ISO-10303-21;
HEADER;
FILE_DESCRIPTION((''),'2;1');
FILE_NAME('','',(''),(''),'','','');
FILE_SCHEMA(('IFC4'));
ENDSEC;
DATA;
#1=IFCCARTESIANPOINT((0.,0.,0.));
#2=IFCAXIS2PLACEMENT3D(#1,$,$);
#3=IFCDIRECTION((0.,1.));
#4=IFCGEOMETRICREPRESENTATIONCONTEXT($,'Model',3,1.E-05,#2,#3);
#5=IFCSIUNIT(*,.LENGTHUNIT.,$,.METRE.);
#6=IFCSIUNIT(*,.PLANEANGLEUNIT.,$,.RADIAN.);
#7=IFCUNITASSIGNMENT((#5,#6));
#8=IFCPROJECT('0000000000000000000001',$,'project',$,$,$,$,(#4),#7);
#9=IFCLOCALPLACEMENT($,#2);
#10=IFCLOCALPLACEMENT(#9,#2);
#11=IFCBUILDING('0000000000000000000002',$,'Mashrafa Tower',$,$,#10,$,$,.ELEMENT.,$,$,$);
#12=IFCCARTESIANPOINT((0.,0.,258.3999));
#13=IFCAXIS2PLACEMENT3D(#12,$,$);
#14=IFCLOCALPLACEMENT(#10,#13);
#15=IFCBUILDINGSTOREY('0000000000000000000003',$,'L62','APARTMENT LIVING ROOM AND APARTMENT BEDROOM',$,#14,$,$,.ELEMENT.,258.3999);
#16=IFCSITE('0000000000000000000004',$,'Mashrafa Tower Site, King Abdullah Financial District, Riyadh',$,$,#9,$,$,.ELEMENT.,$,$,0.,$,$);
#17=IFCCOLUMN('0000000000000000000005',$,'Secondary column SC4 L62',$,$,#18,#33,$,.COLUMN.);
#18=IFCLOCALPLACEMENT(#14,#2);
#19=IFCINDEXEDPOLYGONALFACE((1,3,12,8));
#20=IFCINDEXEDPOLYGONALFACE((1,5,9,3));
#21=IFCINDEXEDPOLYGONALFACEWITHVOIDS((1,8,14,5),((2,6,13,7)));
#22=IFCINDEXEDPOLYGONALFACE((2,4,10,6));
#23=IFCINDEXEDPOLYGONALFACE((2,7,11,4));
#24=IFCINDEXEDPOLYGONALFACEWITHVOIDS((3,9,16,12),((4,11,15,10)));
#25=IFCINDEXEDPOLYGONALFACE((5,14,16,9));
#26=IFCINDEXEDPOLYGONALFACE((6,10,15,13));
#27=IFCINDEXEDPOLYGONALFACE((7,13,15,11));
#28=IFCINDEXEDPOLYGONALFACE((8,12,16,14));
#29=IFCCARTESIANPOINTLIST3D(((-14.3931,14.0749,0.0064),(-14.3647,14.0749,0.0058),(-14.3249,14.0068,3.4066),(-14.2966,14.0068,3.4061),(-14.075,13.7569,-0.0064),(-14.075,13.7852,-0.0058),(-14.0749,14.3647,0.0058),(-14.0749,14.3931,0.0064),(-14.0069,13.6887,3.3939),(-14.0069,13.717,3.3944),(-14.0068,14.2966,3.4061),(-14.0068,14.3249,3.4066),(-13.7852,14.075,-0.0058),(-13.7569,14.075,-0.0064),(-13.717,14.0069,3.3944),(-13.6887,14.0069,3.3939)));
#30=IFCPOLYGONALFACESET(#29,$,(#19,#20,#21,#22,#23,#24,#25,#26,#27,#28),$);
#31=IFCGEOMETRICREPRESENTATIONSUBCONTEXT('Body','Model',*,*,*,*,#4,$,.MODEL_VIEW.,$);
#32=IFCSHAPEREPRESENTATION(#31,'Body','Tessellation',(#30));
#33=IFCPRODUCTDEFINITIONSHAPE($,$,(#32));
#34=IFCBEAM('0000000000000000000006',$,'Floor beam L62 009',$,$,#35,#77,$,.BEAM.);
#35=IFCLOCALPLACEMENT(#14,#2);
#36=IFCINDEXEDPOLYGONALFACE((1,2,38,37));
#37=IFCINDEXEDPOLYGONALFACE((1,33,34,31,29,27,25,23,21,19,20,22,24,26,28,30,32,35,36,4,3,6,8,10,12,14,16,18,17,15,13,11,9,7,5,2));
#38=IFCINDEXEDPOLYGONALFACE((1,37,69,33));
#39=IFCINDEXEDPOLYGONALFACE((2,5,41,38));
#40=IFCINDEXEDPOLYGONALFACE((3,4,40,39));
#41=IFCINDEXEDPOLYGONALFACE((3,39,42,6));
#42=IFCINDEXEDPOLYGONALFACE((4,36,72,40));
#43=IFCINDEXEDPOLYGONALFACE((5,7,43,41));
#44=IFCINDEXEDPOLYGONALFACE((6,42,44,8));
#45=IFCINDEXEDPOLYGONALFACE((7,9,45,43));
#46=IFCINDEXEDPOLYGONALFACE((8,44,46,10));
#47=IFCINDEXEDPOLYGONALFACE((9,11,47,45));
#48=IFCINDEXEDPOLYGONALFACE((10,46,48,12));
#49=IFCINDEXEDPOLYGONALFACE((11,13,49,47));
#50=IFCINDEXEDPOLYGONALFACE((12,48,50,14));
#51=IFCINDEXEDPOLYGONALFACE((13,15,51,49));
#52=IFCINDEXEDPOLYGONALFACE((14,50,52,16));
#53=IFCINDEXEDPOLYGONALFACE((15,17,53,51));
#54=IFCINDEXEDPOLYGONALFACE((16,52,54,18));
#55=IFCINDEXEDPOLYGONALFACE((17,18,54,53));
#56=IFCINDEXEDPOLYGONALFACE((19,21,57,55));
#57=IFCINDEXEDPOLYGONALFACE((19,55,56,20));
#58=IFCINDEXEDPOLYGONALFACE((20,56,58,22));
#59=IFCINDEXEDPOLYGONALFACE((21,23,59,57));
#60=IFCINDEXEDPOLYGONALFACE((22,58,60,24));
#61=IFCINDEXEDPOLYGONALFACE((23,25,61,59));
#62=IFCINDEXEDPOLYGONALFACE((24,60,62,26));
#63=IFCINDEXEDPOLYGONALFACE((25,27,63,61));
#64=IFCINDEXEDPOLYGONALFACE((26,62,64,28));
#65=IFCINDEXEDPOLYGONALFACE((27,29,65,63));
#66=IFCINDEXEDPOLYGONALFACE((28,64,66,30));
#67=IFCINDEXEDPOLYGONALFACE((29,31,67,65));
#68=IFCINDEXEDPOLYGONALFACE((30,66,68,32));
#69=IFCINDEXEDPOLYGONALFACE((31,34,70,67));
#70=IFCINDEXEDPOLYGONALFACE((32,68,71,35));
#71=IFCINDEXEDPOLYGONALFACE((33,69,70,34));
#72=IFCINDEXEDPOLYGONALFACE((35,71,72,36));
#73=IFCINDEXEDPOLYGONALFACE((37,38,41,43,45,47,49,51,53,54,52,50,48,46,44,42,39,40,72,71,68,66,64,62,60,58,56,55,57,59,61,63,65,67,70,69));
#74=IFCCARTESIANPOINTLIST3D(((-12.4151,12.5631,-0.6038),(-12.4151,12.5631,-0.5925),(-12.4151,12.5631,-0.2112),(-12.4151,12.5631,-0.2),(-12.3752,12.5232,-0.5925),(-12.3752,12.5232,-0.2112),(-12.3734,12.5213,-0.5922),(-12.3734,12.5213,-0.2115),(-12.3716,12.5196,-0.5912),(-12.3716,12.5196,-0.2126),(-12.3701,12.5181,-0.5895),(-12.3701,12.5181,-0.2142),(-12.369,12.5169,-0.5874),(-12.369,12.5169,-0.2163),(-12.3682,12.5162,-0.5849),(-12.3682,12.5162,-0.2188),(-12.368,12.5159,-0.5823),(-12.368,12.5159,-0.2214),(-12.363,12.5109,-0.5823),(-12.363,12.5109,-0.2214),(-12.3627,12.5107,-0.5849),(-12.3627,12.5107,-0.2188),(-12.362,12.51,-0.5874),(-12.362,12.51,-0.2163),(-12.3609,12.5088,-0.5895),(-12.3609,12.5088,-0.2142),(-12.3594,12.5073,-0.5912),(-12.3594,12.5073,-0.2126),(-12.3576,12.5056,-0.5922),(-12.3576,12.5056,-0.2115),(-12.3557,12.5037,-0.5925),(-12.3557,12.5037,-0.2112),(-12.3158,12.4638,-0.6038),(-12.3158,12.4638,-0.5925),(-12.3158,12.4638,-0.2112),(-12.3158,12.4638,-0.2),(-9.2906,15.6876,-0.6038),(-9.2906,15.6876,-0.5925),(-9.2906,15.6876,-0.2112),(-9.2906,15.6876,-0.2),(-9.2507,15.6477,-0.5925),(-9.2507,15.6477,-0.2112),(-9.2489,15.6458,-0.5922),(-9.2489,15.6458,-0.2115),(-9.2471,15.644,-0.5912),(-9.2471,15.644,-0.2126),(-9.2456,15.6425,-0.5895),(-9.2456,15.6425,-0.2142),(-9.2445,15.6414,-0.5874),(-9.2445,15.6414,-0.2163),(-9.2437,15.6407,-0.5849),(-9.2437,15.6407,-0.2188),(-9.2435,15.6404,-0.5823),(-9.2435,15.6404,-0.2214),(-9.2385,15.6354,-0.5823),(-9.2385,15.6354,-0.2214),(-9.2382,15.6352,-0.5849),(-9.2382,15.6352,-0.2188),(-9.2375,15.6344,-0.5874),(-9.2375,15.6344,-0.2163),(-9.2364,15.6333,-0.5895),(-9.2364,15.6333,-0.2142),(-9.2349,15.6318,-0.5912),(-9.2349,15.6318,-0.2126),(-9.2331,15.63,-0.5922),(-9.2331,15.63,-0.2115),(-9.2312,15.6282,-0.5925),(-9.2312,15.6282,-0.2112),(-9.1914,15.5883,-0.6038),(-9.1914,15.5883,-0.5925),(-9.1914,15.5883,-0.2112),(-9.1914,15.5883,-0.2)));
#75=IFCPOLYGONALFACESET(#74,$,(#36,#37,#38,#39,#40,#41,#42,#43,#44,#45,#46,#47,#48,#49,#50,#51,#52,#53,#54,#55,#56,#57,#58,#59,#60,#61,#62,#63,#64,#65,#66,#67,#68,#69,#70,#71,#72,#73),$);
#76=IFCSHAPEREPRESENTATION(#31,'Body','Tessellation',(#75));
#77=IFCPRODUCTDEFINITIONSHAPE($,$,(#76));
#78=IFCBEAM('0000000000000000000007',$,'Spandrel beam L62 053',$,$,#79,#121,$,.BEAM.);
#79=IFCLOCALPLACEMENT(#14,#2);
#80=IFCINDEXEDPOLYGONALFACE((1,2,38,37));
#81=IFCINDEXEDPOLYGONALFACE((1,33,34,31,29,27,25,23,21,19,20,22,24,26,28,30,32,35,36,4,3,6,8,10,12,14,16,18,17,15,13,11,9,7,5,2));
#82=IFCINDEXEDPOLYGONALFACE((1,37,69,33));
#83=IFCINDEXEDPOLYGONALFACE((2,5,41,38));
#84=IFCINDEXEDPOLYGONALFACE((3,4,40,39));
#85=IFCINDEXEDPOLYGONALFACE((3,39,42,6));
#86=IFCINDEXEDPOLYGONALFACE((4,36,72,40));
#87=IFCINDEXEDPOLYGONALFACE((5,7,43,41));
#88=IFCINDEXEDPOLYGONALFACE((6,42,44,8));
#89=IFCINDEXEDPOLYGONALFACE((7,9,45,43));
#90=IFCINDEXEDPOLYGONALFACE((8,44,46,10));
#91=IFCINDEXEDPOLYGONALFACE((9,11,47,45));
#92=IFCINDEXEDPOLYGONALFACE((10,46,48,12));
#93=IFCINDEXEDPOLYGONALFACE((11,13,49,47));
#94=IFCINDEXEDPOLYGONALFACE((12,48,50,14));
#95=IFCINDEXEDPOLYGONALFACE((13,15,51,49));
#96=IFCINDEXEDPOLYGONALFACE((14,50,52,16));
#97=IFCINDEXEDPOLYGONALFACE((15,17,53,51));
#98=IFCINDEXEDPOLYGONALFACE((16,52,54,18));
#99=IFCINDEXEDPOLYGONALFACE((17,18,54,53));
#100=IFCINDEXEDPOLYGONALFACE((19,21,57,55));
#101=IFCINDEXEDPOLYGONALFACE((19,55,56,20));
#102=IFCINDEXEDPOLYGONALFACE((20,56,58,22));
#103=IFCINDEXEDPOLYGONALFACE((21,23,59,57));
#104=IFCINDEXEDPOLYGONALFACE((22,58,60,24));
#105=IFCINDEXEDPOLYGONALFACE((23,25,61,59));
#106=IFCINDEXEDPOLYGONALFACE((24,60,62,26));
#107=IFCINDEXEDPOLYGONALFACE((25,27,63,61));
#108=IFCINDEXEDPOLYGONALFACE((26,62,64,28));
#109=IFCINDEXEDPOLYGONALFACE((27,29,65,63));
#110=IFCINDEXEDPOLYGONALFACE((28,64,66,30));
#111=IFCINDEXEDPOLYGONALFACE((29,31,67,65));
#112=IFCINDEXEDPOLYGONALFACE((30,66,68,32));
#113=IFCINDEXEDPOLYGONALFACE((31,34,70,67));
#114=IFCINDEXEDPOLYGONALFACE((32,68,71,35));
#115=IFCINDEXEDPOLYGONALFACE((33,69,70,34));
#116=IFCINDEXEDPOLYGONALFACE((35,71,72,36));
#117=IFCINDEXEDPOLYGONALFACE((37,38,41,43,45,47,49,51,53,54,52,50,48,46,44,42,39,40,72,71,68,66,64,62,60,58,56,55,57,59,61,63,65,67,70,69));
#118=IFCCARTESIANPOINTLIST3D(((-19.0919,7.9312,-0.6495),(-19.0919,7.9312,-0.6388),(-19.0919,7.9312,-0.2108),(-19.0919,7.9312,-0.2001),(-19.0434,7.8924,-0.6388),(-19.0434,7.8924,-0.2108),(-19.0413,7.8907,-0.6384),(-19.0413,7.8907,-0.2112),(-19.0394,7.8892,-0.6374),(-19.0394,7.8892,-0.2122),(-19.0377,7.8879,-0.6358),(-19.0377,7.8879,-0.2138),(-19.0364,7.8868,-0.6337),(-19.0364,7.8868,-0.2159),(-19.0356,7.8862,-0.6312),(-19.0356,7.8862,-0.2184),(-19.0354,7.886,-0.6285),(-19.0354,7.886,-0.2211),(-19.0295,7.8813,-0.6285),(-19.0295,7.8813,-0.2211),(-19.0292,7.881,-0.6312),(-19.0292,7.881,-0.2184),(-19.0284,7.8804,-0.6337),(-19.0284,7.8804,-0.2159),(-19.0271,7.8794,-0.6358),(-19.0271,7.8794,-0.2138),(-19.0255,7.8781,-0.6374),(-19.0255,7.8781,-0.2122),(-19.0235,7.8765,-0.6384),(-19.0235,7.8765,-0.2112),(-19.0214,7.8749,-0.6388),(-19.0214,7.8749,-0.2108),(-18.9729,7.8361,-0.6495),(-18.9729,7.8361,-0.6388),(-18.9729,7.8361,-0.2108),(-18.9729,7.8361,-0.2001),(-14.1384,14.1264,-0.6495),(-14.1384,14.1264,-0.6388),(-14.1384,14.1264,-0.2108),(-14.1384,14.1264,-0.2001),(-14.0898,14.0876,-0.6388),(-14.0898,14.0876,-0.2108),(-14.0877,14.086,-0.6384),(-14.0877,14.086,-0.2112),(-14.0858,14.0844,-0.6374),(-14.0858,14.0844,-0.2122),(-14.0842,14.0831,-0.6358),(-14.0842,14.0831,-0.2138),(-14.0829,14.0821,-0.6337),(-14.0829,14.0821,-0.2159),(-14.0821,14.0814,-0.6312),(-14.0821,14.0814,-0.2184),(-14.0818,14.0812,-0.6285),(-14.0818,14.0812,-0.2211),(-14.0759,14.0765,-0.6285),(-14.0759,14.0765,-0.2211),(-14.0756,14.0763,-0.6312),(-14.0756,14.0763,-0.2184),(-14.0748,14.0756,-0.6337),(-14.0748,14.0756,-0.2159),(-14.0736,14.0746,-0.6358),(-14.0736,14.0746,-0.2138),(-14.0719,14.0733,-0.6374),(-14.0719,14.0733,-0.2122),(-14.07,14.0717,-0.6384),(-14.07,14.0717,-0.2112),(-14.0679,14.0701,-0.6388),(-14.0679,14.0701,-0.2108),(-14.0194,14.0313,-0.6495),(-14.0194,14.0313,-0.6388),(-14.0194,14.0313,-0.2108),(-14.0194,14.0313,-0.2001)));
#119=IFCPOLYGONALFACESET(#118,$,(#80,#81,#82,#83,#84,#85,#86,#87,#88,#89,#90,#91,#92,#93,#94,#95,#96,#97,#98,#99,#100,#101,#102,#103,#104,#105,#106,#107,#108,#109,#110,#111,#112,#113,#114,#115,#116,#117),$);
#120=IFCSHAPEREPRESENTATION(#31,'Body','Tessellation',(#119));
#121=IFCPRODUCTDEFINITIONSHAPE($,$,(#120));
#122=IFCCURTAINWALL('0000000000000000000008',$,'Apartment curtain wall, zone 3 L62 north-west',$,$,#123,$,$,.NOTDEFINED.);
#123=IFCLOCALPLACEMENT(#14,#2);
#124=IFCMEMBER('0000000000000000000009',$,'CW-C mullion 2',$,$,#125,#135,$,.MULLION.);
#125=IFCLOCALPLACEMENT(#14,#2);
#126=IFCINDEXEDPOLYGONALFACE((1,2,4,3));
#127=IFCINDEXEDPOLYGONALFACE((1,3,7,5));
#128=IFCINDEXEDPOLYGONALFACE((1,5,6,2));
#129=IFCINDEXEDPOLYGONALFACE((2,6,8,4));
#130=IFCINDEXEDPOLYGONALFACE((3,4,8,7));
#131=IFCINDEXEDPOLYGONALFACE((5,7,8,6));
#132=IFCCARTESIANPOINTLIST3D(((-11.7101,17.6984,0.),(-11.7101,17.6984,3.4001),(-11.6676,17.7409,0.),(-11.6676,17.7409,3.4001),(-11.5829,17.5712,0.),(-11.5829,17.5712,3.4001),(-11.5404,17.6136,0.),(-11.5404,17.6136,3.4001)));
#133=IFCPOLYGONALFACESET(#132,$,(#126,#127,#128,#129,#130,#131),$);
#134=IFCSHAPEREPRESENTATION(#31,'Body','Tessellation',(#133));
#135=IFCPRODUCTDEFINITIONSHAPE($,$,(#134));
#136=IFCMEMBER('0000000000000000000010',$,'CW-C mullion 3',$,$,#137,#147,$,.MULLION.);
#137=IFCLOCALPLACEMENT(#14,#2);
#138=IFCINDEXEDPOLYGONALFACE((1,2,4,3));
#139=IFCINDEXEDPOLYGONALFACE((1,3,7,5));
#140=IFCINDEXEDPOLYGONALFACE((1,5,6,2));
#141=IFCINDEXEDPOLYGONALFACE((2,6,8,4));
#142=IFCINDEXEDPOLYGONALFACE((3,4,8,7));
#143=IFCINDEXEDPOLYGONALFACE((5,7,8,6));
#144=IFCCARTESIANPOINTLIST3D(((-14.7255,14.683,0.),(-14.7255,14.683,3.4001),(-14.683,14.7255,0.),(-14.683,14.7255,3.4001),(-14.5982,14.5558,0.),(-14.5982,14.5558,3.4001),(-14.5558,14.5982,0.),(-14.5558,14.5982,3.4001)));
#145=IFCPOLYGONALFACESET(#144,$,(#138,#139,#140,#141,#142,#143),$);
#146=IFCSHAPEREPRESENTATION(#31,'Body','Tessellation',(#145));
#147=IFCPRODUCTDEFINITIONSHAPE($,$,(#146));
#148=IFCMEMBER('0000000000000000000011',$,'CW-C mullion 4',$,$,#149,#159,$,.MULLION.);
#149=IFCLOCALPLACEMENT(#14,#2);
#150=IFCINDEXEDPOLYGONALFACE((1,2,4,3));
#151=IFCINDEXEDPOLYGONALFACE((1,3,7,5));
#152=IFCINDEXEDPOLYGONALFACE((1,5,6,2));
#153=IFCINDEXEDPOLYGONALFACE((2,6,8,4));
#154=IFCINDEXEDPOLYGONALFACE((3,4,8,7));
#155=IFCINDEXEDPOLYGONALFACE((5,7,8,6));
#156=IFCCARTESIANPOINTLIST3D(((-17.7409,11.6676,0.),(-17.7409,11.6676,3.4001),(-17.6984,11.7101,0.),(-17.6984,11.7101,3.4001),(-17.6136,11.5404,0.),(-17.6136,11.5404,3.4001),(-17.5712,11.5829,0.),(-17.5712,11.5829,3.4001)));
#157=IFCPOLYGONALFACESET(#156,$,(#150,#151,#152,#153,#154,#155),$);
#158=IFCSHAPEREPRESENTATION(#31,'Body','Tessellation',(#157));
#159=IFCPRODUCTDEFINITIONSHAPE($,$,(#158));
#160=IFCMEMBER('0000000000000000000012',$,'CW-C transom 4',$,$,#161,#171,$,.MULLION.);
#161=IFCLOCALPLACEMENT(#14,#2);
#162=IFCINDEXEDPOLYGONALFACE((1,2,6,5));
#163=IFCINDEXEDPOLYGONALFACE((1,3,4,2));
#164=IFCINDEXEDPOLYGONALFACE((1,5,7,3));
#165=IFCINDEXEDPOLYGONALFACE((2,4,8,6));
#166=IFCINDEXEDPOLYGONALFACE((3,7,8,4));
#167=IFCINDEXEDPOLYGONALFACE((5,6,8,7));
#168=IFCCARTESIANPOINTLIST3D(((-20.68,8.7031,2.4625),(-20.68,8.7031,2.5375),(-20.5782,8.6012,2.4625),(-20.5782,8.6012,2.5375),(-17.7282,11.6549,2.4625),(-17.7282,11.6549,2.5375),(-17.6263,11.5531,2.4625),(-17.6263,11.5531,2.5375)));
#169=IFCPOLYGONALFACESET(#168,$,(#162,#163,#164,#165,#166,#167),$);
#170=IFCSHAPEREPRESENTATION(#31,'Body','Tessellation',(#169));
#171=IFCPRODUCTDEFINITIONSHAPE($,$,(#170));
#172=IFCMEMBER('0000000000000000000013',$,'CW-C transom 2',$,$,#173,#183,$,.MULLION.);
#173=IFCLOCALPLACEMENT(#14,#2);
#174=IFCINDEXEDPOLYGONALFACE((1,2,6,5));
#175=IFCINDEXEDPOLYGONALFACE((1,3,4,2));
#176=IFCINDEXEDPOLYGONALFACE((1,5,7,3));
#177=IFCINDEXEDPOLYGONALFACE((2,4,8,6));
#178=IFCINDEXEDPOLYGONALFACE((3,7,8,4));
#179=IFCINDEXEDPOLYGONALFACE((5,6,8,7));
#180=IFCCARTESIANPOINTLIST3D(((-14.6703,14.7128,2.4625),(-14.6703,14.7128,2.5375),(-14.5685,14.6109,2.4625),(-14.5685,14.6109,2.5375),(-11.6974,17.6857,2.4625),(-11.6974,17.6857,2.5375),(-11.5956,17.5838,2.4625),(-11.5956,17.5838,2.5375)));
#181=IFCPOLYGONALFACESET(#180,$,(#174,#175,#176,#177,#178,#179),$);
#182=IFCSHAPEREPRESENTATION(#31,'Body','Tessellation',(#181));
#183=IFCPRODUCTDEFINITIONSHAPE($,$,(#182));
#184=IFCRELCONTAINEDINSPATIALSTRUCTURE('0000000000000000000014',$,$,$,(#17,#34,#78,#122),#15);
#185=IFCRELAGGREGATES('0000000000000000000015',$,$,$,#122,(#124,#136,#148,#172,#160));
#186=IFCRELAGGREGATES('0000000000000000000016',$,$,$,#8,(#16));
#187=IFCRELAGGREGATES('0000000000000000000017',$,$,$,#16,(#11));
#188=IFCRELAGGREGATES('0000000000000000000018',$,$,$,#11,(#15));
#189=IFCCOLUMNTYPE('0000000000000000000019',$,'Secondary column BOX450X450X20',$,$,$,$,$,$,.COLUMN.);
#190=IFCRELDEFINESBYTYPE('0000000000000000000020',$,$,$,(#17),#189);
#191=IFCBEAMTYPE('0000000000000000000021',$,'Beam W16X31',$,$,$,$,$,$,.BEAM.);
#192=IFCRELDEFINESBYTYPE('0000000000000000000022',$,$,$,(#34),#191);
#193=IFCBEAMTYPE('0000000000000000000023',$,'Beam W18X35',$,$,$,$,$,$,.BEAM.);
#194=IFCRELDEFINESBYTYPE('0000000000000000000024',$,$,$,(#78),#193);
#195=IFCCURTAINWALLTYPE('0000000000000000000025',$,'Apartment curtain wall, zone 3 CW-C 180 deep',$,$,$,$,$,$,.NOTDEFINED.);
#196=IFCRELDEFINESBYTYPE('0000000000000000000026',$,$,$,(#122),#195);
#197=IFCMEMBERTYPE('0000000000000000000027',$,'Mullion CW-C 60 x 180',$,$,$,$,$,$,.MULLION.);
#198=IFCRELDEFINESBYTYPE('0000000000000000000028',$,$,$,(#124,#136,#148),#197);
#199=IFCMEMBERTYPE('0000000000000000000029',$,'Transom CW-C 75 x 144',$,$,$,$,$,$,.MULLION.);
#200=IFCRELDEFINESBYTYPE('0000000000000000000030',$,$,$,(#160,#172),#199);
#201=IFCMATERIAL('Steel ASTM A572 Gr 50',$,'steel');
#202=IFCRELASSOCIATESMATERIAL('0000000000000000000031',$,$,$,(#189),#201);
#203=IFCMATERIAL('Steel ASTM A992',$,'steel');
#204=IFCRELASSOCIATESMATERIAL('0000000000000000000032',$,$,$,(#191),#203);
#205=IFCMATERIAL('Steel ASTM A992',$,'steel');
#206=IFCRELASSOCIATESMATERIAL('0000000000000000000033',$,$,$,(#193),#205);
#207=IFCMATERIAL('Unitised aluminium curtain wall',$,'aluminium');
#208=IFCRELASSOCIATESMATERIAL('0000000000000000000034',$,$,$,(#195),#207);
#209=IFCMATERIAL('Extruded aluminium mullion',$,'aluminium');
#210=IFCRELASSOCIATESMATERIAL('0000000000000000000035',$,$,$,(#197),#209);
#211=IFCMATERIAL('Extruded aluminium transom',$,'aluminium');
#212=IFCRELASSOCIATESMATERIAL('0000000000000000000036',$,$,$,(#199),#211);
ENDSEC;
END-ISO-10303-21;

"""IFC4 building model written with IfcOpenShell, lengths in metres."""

from ifc_helpers import new_model, si_unit, direction, frame, origin, origin_2d, place, context, subcontext, project, spatial, rectangle, hollow_rectangle, i_section, extrude, source, transform, mapped, material, material_profile, profile_set, type_object, type_shapes, element, aggregate, save


model = new_model("IFC4")

# Units and contexts
model_context = context("Model", 3, precision=1e-05, world=origin(), true_north=direction((0.0, 1.0)))
body_context = subcontext(model_context, "Body", "Model", "MODEL_VIEW")
ifc_project = project(units=[si_unit("LENGTHUNIT", "METRE"), si_unit("PLANEANGLEUNIT", "RADIAN")], contexts=[model_context])

# Site, building, storey
site_placement = place(None, origin())
site = spatial("IfcSite", under=ifc_project, at=site_placement, Name="Mashrafa Tower Site, King Abdullah Financial District, Riyadh", CompositionType="ELEMENT", RefElevation=0.0)
building_placement = place(site_placement, origin())
building = spatial("IfcBuilding", under=site, at=building_placement, Name="Mashrafa Tower", CompositionType="ELEMENT")
storey_placement = place(building_placement, frame((0.0, 0.0, 258.3999)))
storey = spatial("IfcBuildingStorey", under=building, at=storey_placement, Name="L62", Description="APARTMENT LIVING ROOM AND APARTMENT BEDROOM", CompositionType="ELEMENT", Elevation=258.3999)

# Column
ifc_material_1 = material(Name="Steel ASTM A572 Gr 50", Category="steel")
ifc_material_profile_1 = material_profile(ifc_material_1, hollow_rectangle(XDim=0.45, YDim=0.45, WallThickness=0.02, at=origin_2d()), Name="BOX450X450X20")
ifc_profile_set_1 = profile_set([ifc_material_profile_1], Name="Steel ASTM A572 Gr 50")
column_type = type_object("IfcColumnType", Name="Secondary column BOX450X450X20", PredefinedType="COLUMN", material=ifc_profile_set_1)
column_placement = place(storey_placement, frame((-14.075, 14.075, 0.0), z_axis=(0.020025, -0.020025, 0.999599), x_axis=(0.707107, 0.707107, 0.0)))
element("IfcColumn", 1, at=column_placement, inside=storey, type_object=column_type, Name="Secondary column SC4 L62", PredefinedType="COLUMN", context=body_context, shape_type="SweptSolid", body=[
    extrude(hollow_rectangle(XDim=0.45, YDim=0.45, WallThickness=0.02, at=origin_2d()), origin(), (0.0, 0.0, 1.0), 3.4016),
])

# Beams
ifc_material_2 = material(Name="Steel ASTM A992", Category="steel")
ifc_material_profile_2 = material_profile(ifc_material_2, i_section(OverallWidth=0.1404, OverallDepth=0.4038, WebThickness=0.0071, FlangeThickness=0.0112, FilletRadius=0.0103, at=origin_2d()), Name="W16X31")
ifc_profile_set_2 = profile_set([ifc_material_profile_2], Name="Steel ASTM A992")
beam_type_1 = type_object("IfcBeamType", Name="Beam W16X31", PredefinedType="BEAM", material=ifc_profile_set_2)
beam_1_placement = place(storey_placement, frame((-12.3655, 12.5134, -0.4019), z_axis=(0.707107, 0.707107, 0.0), x_axis=(-0.707107, 0.707107, 0.0)))
element("IfcBeam", 2, at=beam_1_placement, inside=storey, type_object=beam_type_1, Name="Floor beam L62 009", PredefinedType="BEAM", context=body_context, shape_type="SweptSolid", body=[
    extrude(i_section(OverallWidth=0.1404, OverallDepth=0.4038, WebThickness=0.0071, FlangeThickness=0.0112, FilletRadius=0.0103, at=origin_2d()), origin(), (0.0, 0.0, 1.0), 4.4187),
])
ifc_material_3 = material(Name="Steel ASTM A992", Category="steel")
ifc_material_profile_3 = material_profile(ifc_material_3, i_section(OverallWidth=0.1523, OverallDepth=0.4495, WebThickness=0.0076, FlangeThickness=0.0107, FilletRadius=0.0103, at=origin_2d()), Name="W18X35")
ifc_profile_set_3 = profile_set([ifc_material_profile_3], Name="Steel ASTM A992")
beam_type_2 = type_object("IfcBeamType", Name="Beam W18X35", PredefinedType="BEAM", material=ifc_profile_set_3)
beam_2_placement = place(storey_placement, frame((-14.0789, 14.0789, -0.4248), z_axis=(-0.624492, -0.781031, 0.0), x_axis=(0.781031, -0.624492, 0.0)))
element("IfcBeam", 3, at=beam_2_placement, inside=storey, type_object=beam_type_2, Name="Spandrel beam L62 053", PredefinedType="BEAM", context=body_context, shape_type="SweptSolid", body=[
    extrude(i_section(OverallWidth=0.1523, OverallDepth=0.4495, WebThickness=0.0076, FlangeThickness=0.0107, FilletRadius=0.0103, at=origin_2d()), origin(), (0.0, 0.0, 1.0), 7.9321),
])

# Curtain wall, members
ifc_material_4 = material(Name="Unitised aluminium curtain wall", Category="aluminium")
curtain_wall_type = type_object("IfcCurtainWallType", Name="Apartment curtain wall, zone 3 CW-C 180 deep", PredefinedType="NOTDEFINED", material=ifc_material_4)
curtain_wall_placement = place(storey_placement, origin())
curtain_wall = element("IfcCurtainWall", 4, at=curtain_wall_placement, inside=storey, type_object=curtain_wall_type, Name="Apartment curtain wall, zone 3 L62 north-west", PredefinedType="NOTDEFINED")
ifc_material_5 = material(Name="Extruded aluminium mullion", Category="aluminium")
ifc_material_profile_4 = material_profile(ifc_material_5, rectangle(XDim=0.1799, YDim=0.0601, at=origin_2d()), Name="Mullion 60x180")
ifc_profile_set_4 = profile_set([ifc_material_profile_4], Name="Extruded aluminium mullion")
member_type_1 = type_object("IfcMemberType", Name="Mullion CW-C 60 x 180", PredefinedType="MULLION", material=ifc_profile_set_4)
shared_shape_1 = source(origin(), body_context, "Body", "SweptSolid", [
    extrude(rectangle(XDim=0.1799, YDim=0.0601, at=origin_2d()), origin(), (0.0, 0.0, 1.0), 3.4001),
])
type_shapes(member_type_1, [shared_shape_1])
member_1_placement = place(storey_placement, frame((-11.6252, 17.656, 0.0), z_axis=(0.0, 0.0, 1.0), x_axis=(0.707107, -0.707107, 0.0)))
member_1 = element("IfcMember", 5, at=member_1_placement, type_object=member_type_1, Name="CW-C mullion 2", PredefinedType="MULLION", context=body_context, shape_type="MappedRepresentation", body=[
    mapped(shared_shape_1, transform((0.0, 0.0, 0.0))),
])
member_2_placement = place(storey_placement, frame((-14.6406, 14.6406, 0.0), z_axis=(0.0, 0.0, 1.0), x_axis=(0.707107, -0.707107, 0.0)))
member_2 = element("IfcMember", 6, at=member_2_placement, type_object=member_type_1, Name="CW-C mullion 3", PredefinedType="MULLION", context=body_context, shape_type="MappedRepresentation", body=[
    mapped(shared_shape_1, transform((0.0, 0.0, 0.0))),
])
member_3_placement = place(storey_placement, frame((-17.656, 11.6252, 0.0), z_axis=(0.0, 0.0, 1.0), x_axis=(0.707107, -0.707107, 0.0)))
member_3 = element("IfcMember", 7, at=member_3_placement, type_object=member_type_1, Name="CW-C mullion 4", PredefinedType="MULLION", context=body_context, shape_type="MappedRepresentation", body=[
    mapped(shared_shape_1, transform((0.0, 0.0, 0.0))),
])
ifc_material_6 = material(Name="Extruded aluminium transom", Category="aluminium")
ifc_material_profile_5 = material_profile(ifc_material_6, rectangle(XDim=0.144, YDim=0.075, at=origin_2d()), Name="Transom 75x144")
ifc_profile_set_5 = profile_set([ifc_material_profile_5], Name="Extruded aluminium transom")
member_type_2 = type_object("IfcMemberType", Name="Transom CW-C 75 x 144", PredefinedType="MULLION", material=ifc_profile_set_5)
shared_shape_2 = source(origin(), body_context, "Body", "SweptSolid", [
    extrude(rectangle(XDim=0.144, YDim=0.075, at=origin_2d()), origin(), (0.0, 0.0, 1.0), 4.1746),
])
member_4_placement = place(storey_placement, frame((-17.6772, 11.604, 2.5), z_axis=(-0.707107, -0.707107, 0.0), x_axis=(0.707107, -0.707107, 0.0)))
member_4 = element("IfcMember", 8, at=member_4_placement, type_object=member_type_2, Name="CW-C transom 4", PredefinedType="MULLION", context=body_context, shape_type="MappedRepresentation", body=[
    mapped(shared_shape_2, transform((0.0, 0.0, 0.0))),
])
shared_shape_3 = source(origin(), body_context, "Body", "SweptSolid", [
    extrude(rectangle(XDim=0.144, YDim=0.075, at=origin_2d()), origin(), (0.0, 0.0, 1.0), 4.2043),
])
type_shapes(member_type_2, [shared_shape_2, shared_shape_3])
member_5_placement = place(storey_placement, frame((-11.6465, 17.6348, 2.5), z_axis=(-0.707107, -0.707107, 0.0), x_axis=(0.707107, -0.707107, 0.0)))
member_5 = element("IfcMember", 9, at=member_5_placement, type_object=member_type_2, Name="CW-C transom 2", PredefinedType="MULLION", context=body_context, shape_type="MappedRepresentation", body=[
    mapped(shared_shape_3, transform((0.0, 0.0, 0.0))),
])
aggregate(curtain_wall, [member_1, member_2, member_3, member_5, member_4])

save(model, "model.ifc")
